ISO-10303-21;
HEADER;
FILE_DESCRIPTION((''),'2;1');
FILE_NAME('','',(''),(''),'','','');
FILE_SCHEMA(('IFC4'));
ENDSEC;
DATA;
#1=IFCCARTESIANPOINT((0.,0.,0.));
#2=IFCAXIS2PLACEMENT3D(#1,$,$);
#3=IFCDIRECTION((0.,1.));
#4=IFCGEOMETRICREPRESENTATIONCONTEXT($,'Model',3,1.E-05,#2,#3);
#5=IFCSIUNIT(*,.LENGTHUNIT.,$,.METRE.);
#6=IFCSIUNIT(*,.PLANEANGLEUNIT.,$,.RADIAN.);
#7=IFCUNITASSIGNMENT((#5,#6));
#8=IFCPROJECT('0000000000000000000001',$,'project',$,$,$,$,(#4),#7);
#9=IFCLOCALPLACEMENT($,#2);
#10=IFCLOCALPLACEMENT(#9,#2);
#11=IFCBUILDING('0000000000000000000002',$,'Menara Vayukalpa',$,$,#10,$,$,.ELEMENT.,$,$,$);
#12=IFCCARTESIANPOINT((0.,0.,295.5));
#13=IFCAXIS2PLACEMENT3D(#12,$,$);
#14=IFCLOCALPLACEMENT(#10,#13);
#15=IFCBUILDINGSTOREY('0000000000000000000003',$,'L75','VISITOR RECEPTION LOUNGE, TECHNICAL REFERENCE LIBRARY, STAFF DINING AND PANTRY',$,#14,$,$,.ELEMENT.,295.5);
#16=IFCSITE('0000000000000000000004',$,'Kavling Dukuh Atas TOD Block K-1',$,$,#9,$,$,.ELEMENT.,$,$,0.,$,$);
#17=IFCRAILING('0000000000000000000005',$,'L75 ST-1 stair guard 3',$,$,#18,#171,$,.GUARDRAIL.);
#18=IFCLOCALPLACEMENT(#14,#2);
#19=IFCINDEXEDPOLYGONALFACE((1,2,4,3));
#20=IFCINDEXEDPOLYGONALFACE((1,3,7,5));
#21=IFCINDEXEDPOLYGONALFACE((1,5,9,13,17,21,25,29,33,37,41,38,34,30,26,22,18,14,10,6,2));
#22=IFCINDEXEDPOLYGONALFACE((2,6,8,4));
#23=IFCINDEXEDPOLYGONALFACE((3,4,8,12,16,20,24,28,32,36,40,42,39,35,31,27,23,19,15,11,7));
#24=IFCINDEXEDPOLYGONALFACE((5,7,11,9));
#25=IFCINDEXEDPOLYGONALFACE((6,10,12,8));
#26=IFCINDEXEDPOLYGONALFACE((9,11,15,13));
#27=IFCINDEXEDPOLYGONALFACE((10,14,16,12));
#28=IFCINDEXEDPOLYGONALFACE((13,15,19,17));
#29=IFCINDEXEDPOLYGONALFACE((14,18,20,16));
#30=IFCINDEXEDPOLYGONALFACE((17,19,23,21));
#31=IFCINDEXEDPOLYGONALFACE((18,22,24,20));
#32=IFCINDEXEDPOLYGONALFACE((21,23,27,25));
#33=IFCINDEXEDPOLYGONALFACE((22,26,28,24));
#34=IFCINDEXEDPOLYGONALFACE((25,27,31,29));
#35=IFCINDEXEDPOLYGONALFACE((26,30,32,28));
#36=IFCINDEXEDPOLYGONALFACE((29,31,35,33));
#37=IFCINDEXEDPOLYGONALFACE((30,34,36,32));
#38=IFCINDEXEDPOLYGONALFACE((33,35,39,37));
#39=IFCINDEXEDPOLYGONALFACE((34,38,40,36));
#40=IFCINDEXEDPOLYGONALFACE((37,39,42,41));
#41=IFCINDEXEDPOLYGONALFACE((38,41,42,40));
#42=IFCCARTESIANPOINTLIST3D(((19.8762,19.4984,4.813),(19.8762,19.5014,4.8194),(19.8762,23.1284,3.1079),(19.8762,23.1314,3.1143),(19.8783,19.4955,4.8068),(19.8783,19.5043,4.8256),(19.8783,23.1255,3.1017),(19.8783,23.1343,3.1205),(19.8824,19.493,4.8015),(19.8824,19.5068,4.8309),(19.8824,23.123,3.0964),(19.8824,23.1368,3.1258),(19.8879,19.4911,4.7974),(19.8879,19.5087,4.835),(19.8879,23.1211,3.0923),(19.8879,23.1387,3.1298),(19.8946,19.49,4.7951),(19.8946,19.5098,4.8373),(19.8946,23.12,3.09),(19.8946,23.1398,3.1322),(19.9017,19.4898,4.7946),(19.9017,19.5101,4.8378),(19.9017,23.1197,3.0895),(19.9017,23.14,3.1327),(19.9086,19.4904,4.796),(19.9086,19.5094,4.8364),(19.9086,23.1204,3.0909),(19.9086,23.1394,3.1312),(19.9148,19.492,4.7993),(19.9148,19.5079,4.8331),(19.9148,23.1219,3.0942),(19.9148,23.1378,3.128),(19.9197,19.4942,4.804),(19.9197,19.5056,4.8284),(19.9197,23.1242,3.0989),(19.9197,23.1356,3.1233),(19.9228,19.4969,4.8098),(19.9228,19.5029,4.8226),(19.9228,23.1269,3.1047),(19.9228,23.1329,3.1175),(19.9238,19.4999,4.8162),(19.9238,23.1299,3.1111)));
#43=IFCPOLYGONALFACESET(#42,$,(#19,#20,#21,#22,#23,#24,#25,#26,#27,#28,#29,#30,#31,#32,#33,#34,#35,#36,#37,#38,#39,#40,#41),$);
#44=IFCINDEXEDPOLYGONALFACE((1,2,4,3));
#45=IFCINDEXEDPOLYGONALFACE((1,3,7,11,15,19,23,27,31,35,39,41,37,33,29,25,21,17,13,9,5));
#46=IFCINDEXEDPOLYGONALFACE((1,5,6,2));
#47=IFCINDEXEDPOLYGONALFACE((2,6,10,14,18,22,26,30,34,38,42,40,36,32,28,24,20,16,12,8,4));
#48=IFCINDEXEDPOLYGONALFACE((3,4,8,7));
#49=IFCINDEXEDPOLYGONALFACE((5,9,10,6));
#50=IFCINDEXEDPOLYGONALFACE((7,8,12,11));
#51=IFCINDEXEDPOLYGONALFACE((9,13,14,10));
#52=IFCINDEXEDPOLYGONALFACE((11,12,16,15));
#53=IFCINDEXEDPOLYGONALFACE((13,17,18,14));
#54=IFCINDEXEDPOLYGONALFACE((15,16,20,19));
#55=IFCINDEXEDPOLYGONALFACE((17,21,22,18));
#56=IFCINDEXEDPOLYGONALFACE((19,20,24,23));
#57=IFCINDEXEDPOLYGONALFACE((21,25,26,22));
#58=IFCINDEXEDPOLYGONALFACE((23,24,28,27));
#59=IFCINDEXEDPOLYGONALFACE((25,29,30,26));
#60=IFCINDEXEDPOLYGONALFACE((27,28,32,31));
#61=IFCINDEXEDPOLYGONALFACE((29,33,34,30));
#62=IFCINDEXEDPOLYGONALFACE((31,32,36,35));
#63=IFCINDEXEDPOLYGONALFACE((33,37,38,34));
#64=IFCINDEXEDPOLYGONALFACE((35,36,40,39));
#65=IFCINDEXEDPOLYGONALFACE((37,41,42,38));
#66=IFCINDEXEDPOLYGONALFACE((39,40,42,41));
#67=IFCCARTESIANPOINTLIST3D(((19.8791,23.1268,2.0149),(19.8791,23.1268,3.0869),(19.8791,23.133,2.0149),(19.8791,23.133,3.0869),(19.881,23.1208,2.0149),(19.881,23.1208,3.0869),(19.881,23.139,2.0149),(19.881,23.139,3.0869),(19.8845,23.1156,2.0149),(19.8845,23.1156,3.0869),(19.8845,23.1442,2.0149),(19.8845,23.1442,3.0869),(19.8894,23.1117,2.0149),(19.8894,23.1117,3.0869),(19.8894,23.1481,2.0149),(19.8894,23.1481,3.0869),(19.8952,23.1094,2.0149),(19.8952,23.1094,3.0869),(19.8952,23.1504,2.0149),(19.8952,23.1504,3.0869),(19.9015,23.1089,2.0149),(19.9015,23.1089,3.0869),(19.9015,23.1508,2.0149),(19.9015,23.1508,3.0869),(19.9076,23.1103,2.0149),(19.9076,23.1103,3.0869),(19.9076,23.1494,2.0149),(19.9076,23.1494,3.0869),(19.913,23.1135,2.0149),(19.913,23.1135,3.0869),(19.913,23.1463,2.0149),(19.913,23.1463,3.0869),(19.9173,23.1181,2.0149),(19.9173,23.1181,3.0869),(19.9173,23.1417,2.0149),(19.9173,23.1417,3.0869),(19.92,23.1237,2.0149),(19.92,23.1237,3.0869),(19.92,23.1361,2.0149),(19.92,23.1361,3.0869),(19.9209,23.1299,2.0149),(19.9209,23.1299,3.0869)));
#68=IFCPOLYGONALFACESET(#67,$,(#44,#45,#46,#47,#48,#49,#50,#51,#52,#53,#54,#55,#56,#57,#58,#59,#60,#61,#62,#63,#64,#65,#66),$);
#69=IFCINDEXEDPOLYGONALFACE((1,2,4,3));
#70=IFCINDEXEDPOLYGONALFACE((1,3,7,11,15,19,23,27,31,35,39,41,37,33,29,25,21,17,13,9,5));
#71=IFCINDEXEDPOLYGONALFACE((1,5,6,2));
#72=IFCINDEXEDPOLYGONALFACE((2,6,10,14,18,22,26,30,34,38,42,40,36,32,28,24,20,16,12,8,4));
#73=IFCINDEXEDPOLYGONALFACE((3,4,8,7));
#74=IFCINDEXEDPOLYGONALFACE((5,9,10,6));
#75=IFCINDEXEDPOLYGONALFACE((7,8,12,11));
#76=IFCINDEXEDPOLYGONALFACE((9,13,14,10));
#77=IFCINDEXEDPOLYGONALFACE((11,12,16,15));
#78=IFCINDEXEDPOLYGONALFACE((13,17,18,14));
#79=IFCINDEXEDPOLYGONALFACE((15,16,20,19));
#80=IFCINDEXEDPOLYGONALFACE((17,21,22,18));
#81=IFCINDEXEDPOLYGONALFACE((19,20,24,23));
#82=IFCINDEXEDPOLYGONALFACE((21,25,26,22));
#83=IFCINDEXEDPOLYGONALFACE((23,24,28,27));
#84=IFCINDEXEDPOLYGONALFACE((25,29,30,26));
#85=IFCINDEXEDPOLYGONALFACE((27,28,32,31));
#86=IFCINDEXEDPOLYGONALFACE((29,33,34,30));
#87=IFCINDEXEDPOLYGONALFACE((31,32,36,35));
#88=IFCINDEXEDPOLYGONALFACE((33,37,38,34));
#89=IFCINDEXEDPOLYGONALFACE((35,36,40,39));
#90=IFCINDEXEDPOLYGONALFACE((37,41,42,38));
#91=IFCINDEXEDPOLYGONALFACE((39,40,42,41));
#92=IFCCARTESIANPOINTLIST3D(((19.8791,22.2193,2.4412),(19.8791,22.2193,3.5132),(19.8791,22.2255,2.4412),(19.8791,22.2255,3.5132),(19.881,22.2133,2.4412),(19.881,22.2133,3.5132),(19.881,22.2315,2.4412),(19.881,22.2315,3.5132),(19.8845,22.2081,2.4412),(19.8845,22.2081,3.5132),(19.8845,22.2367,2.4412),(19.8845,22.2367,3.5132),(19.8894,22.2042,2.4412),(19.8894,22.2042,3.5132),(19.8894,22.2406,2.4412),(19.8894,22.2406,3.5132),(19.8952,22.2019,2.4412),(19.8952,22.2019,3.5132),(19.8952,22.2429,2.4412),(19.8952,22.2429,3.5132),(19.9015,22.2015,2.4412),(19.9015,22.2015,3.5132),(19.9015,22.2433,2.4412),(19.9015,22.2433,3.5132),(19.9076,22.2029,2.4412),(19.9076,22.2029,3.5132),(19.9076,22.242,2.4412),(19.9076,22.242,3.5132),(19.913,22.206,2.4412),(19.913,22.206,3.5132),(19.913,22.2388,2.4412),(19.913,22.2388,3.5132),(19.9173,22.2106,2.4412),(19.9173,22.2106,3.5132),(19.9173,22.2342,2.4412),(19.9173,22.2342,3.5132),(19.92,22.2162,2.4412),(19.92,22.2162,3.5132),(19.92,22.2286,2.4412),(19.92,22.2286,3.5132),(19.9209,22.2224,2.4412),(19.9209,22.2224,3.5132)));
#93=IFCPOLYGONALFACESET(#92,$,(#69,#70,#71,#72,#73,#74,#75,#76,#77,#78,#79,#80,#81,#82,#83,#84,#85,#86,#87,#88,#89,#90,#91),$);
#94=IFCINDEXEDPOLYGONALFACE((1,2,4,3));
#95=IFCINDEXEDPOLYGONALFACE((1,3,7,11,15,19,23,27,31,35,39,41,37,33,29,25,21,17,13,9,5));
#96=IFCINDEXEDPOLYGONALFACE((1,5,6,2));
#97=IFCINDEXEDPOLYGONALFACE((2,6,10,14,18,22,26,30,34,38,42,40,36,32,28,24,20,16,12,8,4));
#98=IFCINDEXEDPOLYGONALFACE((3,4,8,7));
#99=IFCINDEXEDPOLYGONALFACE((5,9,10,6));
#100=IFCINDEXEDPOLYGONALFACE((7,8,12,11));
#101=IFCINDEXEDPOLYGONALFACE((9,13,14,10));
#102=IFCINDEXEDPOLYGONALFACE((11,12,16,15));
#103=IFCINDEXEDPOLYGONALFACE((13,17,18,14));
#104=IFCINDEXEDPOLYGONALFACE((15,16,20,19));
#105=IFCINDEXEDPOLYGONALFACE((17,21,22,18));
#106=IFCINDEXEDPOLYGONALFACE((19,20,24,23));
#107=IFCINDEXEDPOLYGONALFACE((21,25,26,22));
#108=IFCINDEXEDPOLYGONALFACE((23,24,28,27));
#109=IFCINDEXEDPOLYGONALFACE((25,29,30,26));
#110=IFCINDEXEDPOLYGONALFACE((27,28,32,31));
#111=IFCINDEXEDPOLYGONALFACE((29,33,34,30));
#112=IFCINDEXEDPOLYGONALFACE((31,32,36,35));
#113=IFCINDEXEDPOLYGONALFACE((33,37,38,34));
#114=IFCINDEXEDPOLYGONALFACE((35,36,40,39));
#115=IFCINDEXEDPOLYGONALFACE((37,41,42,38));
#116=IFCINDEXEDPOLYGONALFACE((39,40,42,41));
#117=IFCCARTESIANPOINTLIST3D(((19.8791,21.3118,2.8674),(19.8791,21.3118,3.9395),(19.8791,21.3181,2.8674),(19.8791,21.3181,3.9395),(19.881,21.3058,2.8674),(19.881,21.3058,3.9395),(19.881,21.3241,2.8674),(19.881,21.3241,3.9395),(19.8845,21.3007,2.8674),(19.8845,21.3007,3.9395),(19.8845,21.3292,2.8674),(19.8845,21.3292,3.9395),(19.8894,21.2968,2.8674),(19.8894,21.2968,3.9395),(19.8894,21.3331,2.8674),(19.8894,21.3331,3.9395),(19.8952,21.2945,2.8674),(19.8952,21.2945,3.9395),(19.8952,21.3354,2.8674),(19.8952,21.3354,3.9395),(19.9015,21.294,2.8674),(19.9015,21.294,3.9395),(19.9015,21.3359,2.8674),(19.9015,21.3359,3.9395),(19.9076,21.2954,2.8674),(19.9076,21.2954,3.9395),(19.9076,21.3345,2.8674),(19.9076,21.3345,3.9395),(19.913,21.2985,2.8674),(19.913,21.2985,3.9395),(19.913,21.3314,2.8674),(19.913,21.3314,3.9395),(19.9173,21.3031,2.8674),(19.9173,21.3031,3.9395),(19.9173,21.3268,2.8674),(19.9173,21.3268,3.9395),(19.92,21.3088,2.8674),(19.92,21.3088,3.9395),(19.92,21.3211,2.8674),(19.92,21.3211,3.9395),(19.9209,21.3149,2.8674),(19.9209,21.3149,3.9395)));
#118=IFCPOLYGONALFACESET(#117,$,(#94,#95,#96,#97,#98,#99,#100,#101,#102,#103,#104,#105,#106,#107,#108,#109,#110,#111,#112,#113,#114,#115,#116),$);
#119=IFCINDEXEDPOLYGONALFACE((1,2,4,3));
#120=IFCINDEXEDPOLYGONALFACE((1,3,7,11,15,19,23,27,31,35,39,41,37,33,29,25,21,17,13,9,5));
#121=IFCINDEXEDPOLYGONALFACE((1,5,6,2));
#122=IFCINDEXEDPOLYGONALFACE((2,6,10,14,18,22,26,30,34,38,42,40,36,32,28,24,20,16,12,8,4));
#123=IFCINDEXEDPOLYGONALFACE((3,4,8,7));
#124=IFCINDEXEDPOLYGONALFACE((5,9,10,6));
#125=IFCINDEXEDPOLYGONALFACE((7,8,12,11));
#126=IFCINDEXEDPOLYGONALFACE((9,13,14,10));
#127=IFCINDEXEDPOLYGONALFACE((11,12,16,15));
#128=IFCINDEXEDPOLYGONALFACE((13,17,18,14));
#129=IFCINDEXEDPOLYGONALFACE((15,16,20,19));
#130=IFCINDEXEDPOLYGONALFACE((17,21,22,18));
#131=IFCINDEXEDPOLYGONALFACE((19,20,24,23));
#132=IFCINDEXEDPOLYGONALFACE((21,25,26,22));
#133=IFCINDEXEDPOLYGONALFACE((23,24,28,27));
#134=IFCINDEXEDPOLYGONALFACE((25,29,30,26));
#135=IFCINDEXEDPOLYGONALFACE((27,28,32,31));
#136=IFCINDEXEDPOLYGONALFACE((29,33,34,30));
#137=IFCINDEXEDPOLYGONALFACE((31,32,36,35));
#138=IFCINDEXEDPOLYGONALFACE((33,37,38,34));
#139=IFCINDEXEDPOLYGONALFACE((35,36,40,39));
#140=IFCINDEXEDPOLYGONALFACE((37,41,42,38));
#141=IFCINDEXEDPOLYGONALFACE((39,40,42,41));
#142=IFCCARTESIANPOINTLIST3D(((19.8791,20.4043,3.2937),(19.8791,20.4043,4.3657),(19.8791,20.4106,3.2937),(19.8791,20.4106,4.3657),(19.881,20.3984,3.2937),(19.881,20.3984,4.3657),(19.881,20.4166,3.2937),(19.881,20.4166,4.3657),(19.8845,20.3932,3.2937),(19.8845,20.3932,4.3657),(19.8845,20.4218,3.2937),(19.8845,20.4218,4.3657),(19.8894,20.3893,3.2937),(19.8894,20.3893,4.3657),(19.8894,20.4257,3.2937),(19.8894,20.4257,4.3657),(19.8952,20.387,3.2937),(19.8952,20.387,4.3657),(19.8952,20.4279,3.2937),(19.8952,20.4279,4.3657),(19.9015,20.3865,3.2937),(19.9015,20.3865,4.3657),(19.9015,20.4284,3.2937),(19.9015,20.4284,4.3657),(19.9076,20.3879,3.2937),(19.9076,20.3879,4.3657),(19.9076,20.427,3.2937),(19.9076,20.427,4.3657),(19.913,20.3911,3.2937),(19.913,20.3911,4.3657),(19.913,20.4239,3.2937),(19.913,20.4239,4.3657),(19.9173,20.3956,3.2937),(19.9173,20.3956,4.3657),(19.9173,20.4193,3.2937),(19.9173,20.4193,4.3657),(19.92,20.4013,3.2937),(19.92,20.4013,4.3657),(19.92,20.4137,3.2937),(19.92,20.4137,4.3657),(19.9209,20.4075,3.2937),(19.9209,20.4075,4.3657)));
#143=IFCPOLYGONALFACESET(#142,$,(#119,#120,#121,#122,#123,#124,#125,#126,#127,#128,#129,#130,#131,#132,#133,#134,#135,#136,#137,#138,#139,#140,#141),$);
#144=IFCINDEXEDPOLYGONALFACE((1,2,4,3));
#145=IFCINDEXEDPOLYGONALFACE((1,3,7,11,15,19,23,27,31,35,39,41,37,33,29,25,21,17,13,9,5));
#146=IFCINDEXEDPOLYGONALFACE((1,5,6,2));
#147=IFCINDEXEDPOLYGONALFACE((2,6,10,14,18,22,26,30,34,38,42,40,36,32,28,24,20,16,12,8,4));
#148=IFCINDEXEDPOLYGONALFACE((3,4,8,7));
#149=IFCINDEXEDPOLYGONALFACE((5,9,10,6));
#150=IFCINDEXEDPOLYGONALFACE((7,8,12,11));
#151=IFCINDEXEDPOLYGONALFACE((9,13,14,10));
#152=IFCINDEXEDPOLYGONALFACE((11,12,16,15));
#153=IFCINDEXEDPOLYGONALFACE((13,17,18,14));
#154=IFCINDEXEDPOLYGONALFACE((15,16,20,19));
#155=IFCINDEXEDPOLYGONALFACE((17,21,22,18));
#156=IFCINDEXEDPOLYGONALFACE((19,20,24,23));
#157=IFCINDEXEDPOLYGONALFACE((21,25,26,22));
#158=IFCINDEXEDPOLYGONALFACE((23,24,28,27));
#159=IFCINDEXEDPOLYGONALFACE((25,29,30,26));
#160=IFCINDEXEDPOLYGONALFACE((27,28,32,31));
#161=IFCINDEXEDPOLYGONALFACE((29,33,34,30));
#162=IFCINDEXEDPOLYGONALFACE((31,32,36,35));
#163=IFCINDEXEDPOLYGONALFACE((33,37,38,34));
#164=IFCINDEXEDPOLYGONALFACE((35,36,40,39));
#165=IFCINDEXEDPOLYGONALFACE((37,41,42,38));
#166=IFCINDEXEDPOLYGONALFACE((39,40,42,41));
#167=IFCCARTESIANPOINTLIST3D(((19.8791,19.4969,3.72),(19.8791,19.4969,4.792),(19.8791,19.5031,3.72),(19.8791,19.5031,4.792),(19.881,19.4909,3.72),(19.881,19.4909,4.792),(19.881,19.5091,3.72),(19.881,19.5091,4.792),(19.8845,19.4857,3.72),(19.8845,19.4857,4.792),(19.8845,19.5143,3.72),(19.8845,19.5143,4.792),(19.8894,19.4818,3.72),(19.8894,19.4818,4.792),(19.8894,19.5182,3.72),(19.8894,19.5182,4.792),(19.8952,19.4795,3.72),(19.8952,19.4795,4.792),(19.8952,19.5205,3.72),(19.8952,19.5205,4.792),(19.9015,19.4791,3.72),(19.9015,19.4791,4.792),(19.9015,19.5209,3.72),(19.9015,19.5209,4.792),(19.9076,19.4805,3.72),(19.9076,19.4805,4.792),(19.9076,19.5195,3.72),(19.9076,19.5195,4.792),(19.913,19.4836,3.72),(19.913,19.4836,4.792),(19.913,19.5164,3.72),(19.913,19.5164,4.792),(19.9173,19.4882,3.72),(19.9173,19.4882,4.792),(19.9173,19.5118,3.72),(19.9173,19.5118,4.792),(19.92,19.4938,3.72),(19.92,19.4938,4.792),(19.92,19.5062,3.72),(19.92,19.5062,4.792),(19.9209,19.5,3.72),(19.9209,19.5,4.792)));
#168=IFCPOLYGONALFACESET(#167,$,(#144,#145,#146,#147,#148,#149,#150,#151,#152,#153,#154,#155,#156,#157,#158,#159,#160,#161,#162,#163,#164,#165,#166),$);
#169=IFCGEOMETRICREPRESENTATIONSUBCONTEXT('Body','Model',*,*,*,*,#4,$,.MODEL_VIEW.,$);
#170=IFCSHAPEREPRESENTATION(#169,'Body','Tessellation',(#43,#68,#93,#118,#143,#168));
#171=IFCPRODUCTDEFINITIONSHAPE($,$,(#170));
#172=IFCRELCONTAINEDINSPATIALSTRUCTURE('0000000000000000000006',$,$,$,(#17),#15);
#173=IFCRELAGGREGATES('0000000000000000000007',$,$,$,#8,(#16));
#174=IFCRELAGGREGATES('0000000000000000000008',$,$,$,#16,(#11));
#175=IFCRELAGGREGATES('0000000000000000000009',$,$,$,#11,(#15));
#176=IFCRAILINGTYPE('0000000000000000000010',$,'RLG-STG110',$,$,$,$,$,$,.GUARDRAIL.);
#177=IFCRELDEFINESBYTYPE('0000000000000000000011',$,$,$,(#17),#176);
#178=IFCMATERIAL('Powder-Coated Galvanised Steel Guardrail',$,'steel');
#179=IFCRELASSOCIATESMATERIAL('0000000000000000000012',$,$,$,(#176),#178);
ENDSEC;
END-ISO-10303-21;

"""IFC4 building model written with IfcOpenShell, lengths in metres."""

from ifc_helpers import new_model, si_unit, direction, frame, origin, origin_2d, place, context, subcontext, project, spatial, circle, extrude, material, type_object, element, save


model = new_model("IFC4")

# Units and contexts
model_context = context("Model", 3, precision=1e-05, world=origin(), true_north=direction((0.0, 1.0)))
body_context = subcontext(model_context, "Body", "Model", "MODEL_VIEW")
ifc_project = project(units=[si_unit("LENGTHUNIT", "METRE"), si_unit("PLANEANGLEUNIT", "RADIAN")], contexts=[model_context])

# Site, building, storey
site_placement = place(None, origin())
site = spatial("IfcSite", under=ifc_project, at=site_placement, Name="Kavling Dukuh Atas TOD Block K-1", CompositionType="ELEMENT", RefElevation=0.0)
building_placement = place(site_placement, origin())
building = spatial("IfcBuilding", under=site, at=building_placement, Name="Menara Vayukalpa", CompositionType="ELEMENT")
storey_placement = place(building_placement, frame((0.0, 0.0, 295.5)))
storey = spatial("IfcBuildingStorey", under=building, at=storey_placement, Name="L75", Description="VISITOR RECEPTION LOUNGE, TECHNICAL REFERENCE LIBRARY, STAFF DINING AND PANTRY", CompositionType="ELEMENT", Elevation=295.5)

# Railing
ifc_material_1 = material(Name="Powder-Coated Galvanised Steel Guardrail", Category="steel")
railing_type_1 = type_object("IfcRailingType", Name="RLG-STG110", PredefinedType="GUARDRAIL", material=ifc_material_1)
railing_1_placement = place(storey_placement, frame((19.8999, 23.1299, 2.0149)))
element("IfcRailing", 1, at=railing_1_placement, inside=storey, type_object=railing_type_1, Name="L75 ST-1 stair guard 3", PredefinedType="GUARDRAIL", context=body_context, shape_type="SweptSolid", body=[
    extrude(circle(Radius=0.0239, at=origin_2d()), frame((0.0, 0.0, 1.0962), z_axis=(0.0, -0.905116, 0.425164), x_axis=(1.0, 0.0, 0.0)), (0.0, 0.0, 1.0), 4.0105),
    extrude(circle(Radius=0.021, at=origin_2d()), origin(), (0.0, 0.0, 1.0), 1.072),
    extrude(circle(Radius=0.021, at=origin_2d()), frame((0.0, -0.9075, 0.4263)), (0.0, 0.0, 1.0), 1.072),
    extrude(circle(Radius=0.021, at=origin_2d()), frame((0.0, -1.8149, 0.8525)), (0.0, 0.0, 1.0), 1.072),
    extrude(circle(Radius=0.021, at=origin_2d()), frame((0.0, -2.7224, 1.2788)), (0.0, 0.0, 1.0), 1.072),
    extrude(circle(Radius=0.021, at=origin_2d()), frame((0.0, -3.6299, 1.7051)), (0.0, 0.0, 1.0), 1.072),
])

save(model, "model.ifc")
